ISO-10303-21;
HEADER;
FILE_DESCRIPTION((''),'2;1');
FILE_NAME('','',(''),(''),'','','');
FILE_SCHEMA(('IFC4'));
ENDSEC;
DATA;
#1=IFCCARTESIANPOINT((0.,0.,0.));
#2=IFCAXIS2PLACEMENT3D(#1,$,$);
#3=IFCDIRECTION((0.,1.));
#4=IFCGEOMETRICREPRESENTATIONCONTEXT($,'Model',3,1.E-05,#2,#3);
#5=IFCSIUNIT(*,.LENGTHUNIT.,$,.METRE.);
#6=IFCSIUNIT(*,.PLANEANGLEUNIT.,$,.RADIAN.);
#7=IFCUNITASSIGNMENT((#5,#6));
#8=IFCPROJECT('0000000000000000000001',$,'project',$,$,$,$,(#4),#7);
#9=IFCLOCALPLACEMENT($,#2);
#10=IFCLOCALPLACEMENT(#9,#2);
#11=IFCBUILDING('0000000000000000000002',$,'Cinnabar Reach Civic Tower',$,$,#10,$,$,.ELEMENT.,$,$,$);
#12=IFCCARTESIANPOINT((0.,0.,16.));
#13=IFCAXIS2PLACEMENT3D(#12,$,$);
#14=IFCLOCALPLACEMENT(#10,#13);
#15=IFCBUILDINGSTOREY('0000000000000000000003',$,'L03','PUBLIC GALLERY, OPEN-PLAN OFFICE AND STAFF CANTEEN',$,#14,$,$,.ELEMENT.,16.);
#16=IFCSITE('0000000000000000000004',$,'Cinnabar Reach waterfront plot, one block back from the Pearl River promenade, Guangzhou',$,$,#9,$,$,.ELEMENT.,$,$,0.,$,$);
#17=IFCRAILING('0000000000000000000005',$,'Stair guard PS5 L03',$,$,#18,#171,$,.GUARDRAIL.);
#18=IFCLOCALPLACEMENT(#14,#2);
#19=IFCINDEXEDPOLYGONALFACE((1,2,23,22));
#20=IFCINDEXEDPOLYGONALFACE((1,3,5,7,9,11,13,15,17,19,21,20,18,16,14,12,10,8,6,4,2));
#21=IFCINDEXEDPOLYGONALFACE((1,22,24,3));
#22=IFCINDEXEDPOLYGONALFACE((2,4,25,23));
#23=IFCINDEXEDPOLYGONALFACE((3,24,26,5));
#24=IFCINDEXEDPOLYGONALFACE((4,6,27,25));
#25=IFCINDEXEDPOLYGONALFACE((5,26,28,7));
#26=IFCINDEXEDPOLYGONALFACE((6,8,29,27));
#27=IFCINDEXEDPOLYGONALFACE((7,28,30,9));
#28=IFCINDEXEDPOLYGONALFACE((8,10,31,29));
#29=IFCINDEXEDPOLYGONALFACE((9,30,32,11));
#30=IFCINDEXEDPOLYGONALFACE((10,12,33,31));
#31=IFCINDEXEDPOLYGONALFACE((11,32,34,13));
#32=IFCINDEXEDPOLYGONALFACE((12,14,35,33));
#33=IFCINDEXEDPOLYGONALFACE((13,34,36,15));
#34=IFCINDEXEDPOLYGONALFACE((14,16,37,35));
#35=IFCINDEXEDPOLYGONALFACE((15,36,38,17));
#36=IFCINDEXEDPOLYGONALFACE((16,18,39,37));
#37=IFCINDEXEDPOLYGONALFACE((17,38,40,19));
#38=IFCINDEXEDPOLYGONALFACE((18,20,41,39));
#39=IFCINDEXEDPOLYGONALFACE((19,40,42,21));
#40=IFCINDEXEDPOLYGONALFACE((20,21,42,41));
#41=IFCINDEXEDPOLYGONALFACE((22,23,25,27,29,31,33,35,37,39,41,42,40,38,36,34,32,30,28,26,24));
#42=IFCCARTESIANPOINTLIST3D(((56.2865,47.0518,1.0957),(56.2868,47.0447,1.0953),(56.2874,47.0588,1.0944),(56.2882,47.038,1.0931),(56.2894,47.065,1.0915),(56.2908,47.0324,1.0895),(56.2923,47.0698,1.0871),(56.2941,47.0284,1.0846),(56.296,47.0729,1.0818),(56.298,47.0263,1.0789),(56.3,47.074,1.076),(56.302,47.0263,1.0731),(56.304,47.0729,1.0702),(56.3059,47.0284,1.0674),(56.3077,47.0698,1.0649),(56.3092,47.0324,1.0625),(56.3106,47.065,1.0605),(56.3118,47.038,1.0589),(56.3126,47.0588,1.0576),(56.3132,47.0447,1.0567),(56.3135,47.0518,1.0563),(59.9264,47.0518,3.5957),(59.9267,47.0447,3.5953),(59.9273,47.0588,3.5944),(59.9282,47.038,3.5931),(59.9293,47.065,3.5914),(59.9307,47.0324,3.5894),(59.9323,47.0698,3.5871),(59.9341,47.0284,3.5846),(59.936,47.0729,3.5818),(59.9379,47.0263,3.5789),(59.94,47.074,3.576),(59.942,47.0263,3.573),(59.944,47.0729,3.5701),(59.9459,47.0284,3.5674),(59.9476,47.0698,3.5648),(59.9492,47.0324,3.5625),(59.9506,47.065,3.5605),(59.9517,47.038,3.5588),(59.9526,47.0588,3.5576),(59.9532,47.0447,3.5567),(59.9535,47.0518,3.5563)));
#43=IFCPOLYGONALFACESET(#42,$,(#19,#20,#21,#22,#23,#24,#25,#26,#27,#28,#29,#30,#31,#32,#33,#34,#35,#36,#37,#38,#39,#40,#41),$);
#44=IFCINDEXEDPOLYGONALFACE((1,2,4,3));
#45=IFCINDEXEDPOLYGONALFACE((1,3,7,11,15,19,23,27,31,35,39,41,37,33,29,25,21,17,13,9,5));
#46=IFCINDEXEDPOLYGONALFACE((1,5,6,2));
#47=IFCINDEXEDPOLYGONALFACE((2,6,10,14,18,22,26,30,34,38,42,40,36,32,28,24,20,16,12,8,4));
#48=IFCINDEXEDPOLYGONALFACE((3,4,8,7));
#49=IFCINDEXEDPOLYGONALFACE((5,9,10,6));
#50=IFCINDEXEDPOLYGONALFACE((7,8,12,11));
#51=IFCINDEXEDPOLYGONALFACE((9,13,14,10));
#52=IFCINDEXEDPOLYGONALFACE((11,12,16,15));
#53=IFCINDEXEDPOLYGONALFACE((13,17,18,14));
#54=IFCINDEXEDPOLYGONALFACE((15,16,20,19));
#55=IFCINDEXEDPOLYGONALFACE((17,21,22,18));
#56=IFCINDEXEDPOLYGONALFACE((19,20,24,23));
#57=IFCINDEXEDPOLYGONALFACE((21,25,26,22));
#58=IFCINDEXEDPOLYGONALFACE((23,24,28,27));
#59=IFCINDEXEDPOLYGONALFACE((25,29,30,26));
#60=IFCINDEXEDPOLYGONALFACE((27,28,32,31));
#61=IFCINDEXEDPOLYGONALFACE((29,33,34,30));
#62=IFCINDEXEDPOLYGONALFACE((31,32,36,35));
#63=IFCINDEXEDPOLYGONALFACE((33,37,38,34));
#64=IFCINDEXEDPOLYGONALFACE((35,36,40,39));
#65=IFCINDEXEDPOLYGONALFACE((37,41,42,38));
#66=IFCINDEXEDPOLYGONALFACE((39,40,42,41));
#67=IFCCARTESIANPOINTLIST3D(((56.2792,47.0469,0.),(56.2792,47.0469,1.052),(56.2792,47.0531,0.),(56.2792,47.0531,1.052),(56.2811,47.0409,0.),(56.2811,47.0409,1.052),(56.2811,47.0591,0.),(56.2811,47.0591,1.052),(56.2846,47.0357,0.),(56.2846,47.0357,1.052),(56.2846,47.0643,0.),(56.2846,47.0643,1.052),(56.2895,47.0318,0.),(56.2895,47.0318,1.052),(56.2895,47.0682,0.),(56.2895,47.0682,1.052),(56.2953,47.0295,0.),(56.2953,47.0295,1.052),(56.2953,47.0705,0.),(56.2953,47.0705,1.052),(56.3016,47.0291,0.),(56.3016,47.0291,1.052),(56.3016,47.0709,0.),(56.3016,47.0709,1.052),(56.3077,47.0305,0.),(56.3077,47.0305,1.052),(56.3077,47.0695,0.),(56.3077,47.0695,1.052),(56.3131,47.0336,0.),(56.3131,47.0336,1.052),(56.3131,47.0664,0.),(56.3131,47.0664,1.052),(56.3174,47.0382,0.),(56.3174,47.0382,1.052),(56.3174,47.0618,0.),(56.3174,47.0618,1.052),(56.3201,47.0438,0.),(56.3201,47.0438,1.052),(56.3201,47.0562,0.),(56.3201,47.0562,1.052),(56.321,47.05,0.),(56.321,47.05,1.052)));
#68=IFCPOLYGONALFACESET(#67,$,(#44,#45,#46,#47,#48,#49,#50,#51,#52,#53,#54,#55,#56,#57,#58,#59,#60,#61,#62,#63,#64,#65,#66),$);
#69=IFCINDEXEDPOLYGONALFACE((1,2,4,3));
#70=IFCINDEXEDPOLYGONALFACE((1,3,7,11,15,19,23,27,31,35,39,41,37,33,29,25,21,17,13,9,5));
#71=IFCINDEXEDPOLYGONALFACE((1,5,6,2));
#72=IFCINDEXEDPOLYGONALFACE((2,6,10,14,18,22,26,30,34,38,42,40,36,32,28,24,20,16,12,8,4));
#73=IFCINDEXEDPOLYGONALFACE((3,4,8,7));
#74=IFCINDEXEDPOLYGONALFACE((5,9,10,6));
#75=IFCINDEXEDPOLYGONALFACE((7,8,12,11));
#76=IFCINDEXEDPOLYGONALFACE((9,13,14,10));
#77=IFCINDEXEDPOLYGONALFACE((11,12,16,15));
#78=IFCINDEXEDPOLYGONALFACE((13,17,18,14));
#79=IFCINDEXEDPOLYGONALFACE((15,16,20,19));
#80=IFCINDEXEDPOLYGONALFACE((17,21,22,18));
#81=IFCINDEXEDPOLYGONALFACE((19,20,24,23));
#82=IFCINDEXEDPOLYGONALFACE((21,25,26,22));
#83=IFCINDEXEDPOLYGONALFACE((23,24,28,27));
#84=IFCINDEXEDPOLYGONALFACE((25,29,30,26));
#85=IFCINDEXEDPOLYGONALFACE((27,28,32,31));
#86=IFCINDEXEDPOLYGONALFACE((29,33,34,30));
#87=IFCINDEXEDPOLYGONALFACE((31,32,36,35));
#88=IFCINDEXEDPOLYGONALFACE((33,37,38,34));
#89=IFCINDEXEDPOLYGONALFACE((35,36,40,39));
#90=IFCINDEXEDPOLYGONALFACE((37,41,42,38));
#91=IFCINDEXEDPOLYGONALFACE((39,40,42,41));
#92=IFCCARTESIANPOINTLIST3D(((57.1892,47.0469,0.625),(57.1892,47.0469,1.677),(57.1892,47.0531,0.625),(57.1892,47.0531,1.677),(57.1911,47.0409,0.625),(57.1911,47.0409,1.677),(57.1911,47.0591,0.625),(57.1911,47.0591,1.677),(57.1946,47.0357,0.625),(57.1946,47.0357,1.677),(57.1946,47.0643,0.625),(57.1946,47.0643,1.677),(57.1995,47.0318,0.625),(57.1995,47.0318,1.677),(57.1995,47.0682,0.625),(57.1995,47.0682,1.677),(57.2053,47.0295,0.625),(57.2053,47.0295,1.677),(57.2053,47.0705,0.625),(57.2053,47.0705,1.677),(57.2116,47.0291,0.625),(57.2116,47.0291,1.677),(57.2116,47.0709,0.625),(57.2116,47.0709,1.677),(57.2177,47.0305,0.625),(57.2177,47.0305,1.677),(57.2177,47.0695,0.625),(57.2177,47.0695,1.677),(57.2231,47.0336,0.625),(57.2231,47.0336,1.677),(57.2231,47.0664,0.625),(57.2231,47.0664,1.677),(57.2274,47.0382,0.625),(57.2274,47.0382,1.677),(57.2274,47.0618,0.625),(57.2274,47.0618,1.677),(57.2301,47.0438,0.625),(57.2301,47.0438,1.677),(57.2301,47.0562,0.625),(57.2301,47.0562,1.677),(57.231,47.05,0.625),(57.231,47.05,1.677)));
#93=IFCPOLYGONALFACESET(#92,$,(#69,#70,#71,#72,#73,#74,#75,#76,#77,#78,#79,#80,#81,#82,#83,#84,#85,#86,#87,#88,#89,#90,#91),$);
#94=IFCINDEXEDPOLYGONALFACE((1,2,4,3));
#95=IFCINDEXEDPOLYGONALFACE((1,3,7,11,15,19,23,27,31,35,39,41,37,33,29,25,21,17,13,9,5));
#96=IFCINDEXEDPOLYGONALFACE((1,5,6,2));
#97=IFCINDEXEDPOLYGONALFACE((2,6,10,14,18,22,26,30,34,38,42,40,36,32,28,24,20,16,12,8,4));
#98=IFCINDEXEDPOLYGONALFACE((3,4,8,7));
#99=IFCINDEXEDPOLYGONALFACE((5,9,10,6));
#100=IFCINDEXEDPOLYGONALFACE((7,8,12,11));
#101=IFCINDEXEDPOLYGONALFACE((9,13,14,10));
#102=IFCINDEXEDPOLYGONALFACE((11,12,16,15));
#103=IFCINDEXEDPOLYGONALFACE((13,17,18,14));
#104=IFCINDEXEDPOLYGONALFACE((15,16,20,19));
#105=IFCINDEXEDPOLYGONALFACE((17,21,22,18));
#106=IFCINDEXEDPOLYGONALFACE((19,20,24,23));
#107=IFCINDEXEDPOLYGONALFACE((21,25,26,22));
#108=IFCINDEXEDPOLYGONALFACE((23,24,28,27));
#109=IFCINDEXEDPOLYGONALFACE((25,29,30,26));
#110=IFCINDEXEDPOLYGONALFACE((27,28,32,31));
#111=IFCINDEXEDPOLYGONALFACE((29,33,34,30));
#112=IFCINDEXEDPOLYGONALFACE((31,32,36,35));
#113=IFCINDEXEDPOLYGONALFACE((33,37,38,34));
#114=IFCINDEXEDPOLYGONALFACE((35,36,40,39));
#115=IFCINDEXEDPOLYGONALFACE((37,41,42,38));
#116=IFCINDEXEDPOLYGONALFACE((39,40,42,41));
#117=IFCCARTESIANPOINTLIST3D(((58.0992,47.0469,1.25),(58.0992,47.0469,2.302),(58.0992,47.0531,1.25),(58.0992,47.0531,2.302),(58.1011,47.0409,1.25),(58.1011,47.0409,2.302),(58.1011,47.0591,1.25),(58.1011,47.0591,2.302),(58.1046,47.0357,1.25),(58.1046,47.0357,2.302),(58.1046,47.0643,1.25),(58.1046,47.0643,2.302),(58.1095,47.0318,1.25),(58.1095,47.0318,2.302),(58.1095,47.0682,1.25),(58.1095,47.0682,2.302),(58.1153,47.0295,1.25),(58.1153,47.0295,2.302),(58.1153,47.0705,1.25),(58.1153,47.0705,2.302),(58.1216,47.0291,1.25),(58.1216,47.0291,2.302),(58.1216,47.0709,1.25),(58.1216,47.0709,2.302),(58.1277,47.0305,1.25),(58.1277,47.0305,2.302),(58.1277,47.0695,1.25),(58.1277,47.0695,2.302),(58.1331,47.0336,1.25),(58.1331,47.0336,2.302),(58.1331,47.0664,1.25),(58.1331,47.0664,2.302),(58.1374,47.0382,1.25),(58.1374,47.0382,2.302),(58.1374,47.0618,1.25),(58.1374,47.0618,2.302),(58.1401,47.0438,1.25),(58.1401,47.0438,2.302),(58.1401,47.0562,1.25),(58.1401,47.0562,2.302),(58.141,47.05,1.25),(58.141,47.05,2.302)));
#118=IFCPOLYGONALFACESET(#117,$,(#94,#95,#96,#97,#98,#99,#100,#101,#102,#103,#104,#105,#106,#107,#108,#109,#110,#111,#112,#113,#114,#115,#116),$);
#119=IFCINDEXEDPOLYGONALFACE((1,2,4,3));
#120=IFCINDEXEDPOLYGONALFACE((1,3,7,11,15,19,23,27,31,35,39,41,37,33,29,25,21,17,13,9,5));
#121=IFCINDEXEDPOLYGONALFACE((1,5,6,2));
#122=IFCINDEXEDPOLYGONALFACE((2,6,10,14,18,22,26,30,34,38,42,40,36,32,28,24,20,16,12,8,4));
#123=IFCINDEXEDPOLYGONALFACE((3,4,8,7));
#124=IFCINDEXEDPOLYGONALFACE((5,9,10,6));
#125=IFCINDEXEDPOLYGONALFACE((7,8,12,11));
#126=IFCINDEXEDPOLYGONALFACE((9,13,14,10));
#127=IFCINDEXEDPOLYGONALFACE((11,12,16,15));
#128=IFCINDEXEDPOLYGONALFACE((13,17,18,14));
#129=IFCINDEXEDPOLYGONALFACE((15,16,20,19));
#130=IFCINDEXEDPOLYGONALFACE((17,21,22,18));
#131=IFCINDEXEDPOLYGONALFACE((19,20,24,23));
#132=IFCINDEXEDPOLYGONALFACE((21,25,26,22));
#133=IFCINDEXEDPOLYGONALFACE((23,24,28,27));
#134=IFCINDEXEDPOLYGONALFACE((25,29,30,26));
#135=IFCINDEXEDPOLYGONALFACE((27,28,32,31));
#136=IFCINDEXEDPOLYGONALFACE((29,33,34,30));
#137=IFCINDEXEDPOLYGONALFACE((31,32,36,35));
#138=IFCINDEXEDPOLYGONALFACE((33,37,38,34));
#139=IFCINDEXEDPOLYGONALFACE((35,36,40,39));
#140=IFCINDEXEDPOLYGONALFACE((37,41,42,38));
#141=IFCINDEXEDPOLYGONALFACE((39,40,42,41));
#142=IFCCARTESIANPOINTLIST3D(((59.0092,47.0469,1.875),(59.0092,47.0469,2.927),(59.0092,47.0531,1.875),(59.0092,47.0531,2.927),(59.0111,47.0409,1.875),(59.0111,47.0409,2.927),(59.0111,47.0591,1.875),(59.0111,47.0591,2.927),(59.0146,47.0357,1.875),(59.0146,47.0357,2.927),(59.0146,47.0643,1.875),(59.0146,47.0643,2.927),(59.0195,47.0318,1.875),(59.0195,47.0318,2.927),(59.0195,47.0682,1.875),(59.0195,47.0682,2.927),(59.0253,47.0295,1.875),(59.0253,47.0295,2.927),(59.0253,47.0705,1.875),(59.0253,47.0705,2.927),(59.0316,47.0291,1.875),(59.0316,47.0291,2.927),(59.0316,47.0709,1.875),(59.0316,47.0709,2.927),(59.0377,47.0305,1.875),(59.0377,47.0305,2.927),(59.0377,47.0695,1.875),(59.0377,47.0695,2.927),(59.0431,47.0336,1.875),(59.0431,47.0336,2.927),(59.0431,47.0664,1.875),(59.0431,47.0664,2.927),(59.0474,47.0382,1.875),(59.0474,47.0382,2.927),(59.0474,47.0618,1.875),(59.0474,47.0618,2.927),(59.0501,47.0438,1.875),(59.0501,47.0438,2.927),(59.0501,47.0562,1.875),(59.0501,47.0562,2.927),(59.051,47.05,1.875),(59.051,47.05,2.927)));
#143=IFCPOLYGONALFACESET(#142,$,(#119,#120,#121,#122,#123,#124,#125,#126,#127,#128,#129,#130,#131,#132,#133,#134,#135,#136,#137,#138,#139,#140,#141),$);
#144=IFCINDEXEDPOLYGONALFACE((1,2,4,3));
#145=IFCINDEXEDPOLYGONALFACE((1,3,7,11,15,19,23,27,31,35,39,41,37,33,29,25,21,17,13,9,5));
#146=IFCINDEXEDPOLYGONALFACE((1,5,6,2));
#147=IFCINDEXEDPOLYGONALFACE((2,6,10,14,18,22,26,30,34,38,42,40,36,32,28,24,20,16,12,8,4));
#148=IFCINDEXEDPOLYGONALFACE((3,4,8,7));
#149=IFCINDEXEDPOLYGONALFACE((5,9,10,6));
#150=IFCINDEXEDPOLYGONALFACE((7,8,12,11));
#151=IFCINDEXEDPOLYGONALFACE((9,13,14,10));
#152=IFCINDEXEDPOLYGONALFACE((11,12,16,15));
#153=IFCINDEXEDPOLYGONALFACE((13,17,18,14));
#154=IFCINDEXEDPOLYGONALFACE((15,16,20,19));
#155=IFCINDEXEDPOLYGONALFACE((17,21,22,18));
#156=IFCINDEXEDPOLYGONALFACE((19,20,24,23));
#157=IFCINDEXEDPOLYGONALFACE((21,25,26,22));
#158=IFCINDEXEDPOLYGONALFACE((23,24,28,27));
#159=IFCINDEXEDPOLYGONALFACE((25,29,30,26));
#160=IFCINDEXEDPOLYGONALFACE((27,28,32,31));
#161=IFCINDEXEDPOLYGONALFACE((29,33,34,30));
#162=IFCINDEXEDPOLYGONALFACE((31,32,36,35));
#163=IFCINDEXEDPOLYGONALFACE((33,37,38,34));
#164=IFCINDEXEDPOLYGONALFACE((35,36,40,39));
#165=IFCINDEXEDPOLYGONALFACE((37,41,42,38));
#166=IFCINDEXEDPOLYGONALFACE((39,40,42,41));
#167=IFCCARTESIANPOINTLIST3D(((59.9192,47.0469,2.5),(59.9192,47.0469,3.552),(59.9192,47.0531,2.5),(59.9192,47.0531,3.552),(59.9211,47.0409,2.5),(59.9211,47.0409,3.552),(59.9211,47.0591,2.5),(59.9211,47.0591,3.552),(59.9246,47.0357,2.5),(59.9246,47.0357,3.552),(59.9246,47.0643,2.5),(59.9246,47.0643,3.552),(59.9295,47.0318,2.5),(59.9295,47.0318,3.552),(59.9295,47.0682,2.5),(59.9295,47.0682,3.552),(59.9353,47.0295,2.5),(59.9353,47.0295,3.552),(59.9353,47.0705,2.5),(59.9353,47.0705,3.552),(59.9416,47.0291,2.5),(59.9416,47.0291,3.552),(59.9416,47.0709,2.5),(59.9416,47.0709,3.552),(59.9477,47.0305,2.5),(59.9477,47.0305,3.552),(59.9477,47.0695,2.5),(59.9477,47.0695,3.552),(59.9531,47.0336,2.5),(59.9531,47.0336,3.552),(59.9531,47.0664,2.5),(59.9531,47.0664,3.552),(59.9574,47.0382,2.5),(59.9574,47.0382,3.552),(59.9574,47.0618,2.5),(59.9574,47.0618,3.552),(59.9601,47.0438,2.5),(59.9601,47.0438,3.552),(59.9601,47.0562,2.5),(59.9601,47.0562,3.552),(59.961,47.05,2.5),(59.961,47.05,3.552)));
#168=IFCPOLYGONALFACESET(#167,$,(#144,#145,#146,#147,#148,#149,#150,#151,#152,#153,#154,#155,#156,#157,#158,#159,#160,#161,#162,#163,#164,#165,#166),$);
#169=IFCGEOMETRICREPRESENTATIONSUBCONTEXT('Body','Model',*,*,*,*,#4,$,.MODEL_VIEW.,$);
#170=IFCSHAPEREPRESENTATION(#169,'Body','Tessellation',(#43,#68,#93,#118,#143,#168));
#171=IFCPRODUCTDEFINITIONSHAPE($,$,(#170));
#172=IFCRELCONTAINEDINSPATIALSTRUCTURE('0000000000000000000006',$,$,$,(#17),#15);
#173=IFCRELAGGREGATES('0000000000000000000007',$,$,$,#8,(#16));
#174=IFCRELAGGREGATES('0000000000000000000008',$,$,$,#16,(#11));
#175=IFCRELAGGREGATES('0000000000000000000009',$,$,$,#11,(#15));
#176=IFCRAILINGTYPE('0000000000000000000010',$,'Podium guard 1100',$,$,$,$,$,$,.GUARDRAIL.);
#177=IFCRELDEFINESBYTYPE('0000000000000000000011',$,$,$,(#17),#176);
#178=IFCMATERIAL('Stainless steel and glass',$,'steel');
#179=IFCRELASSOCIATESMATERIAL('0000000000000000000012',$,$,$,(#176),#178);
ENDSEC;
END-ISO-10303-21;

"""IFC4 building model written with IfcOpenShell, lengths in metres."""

from ifc_helpers import new_model, si_unit, direction, frame, origin, origin_2d, place, context, subcontext, project, spatial, circle, extrude, material, type_object, element, save


model = new_model("IFC4")

# Units and contexts
model_context = context("Model", 3, precision=1e-05, world=origin(), true_north=direction((0.0, 1.0)))
body_context = subcontext(model_context, "Body", "Model", "MODEL_VIEW")
ifc_project = project(units=[si_unit("LENGTHUNIT", "METRE"), si_unit("PLANEANGLEUNIT", "RADIAN")], contexts=[model_context])

# Site, building, storey
site_placement = place(None, origin())
site = spatial("IfcSite", under=ifc_project, at=site_placement, Name="Cinnabar Reach waterfront plot, one block back from the Pearl River promenade, Guangzhou", CompositionType="ELEMENT", RefElevation=0.0)
building_placement = place(site_placement, origin())
building = spatial("IfcBuilding", under=site, at=building_placement, Name="Cinnabar Reach Civic Tower", CompositionType="ELEMENT")
storey_placement = place(building_placement, frame((0.0, 0.0, 16.0)))
storey = spatial("IfcBuildingStorey", under=building, at=storey_placement, Name="L03", Description="PUBLIC GALLERY, OPEN-PLAN OFFICE AND STAFF CANTEEN", CompositionType="ELEMENT", Elevation=16.0)

# Railing
ifc_material_1 = material(Name="Stainless steel and glass", Category="steel")
railing_type_1 = type_object("IfcRailingType", Name="Podium guard 1100", PredefinedType="GUARDRAIL", material=ifc_material_1)
railing_1_placement = place(storey_placement, frame((56.3, 47.05, 0.0)))
element("IfcRailing", 1, at=railing_1_placement, inside=storey, type_object=railing_type_1, Name="Stair guard PS5 L03", PredefinedType="GUARDRAIL", context=body_context, shape_type="SweptSolid", body=[
    extrude(circle(Radius=0.024, at=origin_2d()), frame((0.0, 0.0, 1.076), z_axis=(0.824306, 0.0, 0.566144), x_axis=(0.0, 1.0, 0.0)), (0.0, 0.0, 1.0), 4.4158),
    extrude(circle(Radius=0.021, at=origin_2d()), origin(), (0.0, 0.0, 1.0), 1.052),
    extrude(circle(Radius=0.021, at=origin_2d()), frame((0.91, 0.0, 0.625)), (0.0, 0.0, 1.0), 1.052),
    extrude(circle(Radius=0.021, at=origin_2d()), frame((1.82, 0.0, 1.25)), (0.0, 0.0, 1.0), 1.052),
    extrude(circle(Radius=0.021, at=origin_2d()), frame((2.73, 0.0, 1.875)), (0.0, 0.0, 1.0), 1.052),
    extrude(circle(Radius=0.021, at=origin_2d()), frame((3.64, 0.0, 2.5)), (0.0, 0.0, 1.0), 1.052),
])

save(model, "model.ifc")
